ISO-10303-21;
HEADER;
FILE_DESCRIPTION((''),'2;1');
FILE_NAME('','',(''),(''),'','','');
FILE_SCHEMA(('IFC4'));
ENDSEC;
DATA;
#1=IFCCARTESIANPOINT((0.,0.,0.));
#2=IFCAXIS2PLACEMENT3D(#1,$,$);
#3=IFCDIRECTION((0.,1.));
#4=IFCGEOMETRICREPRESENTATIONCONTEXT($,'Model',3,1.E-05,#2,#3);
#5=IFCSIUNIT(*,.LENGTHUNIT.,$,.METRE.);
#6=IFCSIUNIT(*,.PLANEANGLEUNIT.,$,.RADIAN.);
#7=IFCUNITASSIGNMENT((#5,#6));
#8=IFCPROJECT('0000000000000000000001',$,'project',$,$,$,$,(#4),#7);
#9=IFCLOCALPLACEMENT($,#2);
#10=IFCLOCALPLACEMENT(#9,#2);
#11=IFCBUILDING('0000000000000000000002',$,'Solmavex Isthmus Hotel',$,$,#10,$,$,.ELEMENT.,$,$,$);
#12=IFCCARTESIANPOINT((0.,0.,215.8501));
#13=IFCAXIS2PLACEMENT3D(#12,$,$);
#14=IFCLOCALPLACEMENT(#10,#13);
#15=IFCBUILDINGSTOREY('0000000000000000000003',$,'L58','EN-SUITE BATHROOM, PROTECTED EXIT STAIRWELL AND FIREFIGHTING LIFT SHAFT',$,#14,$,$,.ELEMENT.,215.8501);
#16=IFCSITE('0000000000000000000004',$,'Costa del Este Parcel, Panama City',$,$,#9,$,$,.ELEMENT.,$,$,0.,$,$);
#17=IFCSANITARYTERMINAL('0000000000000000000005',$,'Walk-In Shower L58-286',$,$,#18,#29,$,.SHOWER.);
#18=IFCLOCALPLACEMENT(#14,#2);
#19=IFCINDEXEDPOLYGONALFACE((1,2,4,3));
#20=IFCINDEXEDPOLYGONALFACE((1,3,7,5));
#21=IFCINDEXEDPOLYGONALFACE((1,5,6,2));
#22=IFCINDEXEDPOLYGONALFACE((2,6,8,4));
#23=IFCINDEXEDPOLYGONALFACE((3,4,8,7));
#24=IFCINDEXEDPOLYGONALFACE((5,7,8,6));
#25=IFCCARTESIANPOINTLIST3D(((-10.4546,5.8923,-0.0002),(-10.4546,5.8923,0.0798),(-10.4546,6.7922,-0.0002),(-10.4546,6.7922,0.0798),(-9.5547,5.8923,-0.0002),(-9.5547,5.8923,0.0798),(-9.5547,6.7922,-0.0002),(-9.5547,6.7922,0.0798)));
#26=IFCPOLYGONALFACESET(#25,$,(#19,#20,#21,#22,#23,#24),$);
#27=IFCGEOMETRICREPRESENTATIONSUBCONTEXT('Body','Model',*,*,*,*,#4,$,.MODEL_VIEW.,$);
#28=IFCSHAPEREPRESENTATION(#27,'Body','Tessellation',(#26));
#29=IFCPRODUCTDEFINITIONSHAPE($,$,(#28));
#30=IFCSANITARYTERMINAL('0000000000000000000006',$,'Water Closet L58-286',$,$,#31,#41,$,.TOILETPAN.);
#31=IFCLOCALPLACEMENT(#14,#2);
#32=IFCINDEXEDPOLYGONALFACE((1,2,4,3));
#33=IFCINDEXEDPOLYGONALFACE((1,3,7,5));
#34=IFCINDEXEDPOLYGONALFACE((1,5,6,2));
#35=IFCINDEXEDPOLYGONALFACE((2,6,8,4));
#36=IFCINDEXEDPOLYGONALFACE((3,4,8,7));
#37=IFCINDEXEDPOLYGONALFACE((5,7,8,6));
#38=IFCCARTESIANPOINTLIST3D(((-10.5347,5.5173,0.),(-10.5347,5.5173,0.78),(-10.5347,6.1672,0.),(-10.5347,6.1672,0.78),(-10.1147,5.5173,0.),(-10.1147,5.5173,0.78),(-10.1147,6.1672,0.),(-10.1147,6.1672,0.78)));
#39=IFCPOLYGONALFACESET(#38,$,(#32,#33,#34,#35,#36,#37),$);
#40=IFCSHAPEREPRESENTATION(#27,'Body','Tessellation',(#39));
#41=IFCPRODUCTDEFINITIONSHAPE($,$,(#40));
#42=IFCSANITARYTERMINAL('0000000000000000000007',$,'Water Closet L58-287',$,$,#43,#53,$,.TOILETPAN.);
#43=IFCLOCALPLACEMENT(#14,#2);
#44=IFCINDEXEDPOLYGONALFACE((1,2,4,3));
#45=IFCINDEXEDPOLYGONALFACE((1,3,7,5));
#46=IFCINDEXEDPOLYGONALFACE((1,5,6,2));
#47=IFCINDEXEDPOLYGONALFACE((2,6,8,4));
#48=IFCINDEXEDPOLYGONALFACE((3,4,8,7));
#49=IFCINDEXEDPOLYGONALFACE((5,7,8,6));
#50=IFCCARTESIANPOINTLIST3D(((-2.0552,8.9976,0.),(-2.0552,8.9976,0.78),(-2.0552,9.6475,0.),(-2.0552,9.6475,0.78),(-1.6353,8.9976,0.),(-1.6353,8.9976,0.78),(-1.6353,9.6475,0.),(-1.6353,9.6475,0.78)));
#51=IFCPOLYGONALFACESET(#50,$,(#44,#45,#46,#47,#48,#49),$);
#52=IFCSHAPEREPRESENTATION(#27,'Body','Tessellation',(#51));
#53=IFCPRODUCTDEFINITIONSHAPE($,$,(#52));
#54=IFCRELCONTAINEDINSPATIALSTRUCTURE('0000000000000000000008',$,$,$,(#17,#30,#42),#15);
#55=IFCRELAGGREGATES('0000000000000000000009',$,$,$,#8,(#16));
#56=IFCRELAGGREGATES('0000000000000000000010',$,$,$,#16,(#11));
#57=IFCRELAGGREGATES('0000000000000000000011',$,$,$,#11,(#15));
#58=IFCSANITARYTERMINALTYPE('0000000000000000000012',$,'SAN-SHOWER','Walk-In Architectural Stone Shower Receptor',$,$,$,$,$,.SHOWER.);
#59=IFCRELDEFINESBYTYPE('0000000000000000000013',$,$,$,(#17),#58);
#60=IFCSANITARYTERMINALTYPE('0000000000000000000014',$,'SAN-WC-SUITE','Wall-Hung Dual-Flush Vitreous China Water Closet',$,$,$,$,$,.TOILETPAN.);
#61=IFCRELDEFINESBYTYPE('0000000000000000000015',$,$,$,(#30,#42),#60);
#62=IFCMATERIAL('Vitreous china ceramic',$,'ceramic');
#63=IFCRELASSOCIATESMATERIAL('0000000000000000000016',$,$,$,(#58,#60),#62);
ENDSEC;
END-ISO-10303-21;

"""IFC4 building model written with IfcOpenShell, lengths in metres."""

from ifc_helpers import new_model, si_unit, direction, frame, origin, origin_2d, place, context, subcontext, project, spatial, rectangle, extrude, material, type_object, element, save


model = new_model("IFC4")

# Units and contexts
model_context = context("Model", 3, precision=1e-05, world=origin(), true_north=direction((0.0, 1.0)))
body_context = subcontext(model_context, "Body", "Model", "MODEL_VIEW")
ifc_project = project(units=[si_unit("LENGTHUNIT", "METRE"), si_unit("PLANEANGLEUNIT", "RADIAN")], contexts=[model_context])

# Site, building, storey
site_placement = place(None, origin())
site = spatial("IfcSite", under=ifc_project, at=site_placement, Name="Costa del Este Parcel, Panama City", CompositionType="ELEMENT", RefElevation=0.0)
building_placement = place(site_placement, origin())
building = spatial("IfcBuilding", under=site, at=building_placement, Name="Solmavex Isthmus Hotel", CompositionType="ELEMENT")
storey_placement = place(building_placement, frame((0.0, 0.0, 215.8501)))
storey = spatial("IfcBuildingStorey", under=building, at=storey_placement, Name="L58", Description="EN-SUITE BATHROOM, PROTECTED EXIT STAIRWELL AND FIREFIGHTING LIFT SHAFT", CompositionType="ELEMENT", Elevation=215.8501)

# Sanitary terminals
ifc_material_1 = material(Name="Vitreous china ceramic", Category="ceramic")
sanitary_terminal_type_1 = type_object("IfcSanitaryTerminalType", Name="SAN-SHOWER", Description="Walk-In Architectural Stone Shower Receptor", PredefinedType="SHOWER", material=ifc_material_1)
sanitary_terminal_placement = place(storey_placement, frame((-10.0046, 6.3423, -0.0002), z_axis=(0.0, 0.0, 1.0), x_axis=(1.0, 0.0, 0.0)))
element("IfcSanitaryTerminal", 1, at=sanitary_terminal_placement, inside=storey, type_object=sanitary_terminal_type_1, Name="Walk-In Shower L58-286", PredefinedType="SHOWER", context=body_context, shape_type="SweptSolid", body=[
    extrude(rectangle(XDim=0.8999, YDim=0.8999, at=origin_2d()), origin(), (0.0, 0.0, 1.0), 0.0801),
])
sanitary_terminal_type_2 = type_object("IfcSanitaryTerminalType", Name="SAN-WC-SUITE", Description="Wall-Hung Dual-Flush Vitreous China Water Closet", PredefinedType="TOILETPAN", material=ifc_material_1)
for number, where, z_axis, x_axis, name in (
    (2, (-10.3247, 5.8423, 0.0), (0.0, 0.0, 1.0), (1.0, 0.0, 0.0), "Water Closet L58-286"),
    (3, (-1.8452, 9.3225, 0.0), (0.0, 0.0, 1.0), (1.0, 0.0, 0.0), "Water Closet L58-287"),
):
    element("IfcSanitaryTerminal", number, at=place(storey_placement, frame(where, z_axis=z_axis, x_axis=x_axis)), inside=storey, type_object=sanitary_terminal_type_2, Name=name, PredefinedType="TOILETPAN", context=body_context, shape_type="SweptSolid", body=[
        extrude(rectangle(XDim=0.4199, YDim=0.6499, at=origin_2d()), origin(), (0.0, 0.0, 1.0), 0.78),
    ])

save(model, "model.ifc")
